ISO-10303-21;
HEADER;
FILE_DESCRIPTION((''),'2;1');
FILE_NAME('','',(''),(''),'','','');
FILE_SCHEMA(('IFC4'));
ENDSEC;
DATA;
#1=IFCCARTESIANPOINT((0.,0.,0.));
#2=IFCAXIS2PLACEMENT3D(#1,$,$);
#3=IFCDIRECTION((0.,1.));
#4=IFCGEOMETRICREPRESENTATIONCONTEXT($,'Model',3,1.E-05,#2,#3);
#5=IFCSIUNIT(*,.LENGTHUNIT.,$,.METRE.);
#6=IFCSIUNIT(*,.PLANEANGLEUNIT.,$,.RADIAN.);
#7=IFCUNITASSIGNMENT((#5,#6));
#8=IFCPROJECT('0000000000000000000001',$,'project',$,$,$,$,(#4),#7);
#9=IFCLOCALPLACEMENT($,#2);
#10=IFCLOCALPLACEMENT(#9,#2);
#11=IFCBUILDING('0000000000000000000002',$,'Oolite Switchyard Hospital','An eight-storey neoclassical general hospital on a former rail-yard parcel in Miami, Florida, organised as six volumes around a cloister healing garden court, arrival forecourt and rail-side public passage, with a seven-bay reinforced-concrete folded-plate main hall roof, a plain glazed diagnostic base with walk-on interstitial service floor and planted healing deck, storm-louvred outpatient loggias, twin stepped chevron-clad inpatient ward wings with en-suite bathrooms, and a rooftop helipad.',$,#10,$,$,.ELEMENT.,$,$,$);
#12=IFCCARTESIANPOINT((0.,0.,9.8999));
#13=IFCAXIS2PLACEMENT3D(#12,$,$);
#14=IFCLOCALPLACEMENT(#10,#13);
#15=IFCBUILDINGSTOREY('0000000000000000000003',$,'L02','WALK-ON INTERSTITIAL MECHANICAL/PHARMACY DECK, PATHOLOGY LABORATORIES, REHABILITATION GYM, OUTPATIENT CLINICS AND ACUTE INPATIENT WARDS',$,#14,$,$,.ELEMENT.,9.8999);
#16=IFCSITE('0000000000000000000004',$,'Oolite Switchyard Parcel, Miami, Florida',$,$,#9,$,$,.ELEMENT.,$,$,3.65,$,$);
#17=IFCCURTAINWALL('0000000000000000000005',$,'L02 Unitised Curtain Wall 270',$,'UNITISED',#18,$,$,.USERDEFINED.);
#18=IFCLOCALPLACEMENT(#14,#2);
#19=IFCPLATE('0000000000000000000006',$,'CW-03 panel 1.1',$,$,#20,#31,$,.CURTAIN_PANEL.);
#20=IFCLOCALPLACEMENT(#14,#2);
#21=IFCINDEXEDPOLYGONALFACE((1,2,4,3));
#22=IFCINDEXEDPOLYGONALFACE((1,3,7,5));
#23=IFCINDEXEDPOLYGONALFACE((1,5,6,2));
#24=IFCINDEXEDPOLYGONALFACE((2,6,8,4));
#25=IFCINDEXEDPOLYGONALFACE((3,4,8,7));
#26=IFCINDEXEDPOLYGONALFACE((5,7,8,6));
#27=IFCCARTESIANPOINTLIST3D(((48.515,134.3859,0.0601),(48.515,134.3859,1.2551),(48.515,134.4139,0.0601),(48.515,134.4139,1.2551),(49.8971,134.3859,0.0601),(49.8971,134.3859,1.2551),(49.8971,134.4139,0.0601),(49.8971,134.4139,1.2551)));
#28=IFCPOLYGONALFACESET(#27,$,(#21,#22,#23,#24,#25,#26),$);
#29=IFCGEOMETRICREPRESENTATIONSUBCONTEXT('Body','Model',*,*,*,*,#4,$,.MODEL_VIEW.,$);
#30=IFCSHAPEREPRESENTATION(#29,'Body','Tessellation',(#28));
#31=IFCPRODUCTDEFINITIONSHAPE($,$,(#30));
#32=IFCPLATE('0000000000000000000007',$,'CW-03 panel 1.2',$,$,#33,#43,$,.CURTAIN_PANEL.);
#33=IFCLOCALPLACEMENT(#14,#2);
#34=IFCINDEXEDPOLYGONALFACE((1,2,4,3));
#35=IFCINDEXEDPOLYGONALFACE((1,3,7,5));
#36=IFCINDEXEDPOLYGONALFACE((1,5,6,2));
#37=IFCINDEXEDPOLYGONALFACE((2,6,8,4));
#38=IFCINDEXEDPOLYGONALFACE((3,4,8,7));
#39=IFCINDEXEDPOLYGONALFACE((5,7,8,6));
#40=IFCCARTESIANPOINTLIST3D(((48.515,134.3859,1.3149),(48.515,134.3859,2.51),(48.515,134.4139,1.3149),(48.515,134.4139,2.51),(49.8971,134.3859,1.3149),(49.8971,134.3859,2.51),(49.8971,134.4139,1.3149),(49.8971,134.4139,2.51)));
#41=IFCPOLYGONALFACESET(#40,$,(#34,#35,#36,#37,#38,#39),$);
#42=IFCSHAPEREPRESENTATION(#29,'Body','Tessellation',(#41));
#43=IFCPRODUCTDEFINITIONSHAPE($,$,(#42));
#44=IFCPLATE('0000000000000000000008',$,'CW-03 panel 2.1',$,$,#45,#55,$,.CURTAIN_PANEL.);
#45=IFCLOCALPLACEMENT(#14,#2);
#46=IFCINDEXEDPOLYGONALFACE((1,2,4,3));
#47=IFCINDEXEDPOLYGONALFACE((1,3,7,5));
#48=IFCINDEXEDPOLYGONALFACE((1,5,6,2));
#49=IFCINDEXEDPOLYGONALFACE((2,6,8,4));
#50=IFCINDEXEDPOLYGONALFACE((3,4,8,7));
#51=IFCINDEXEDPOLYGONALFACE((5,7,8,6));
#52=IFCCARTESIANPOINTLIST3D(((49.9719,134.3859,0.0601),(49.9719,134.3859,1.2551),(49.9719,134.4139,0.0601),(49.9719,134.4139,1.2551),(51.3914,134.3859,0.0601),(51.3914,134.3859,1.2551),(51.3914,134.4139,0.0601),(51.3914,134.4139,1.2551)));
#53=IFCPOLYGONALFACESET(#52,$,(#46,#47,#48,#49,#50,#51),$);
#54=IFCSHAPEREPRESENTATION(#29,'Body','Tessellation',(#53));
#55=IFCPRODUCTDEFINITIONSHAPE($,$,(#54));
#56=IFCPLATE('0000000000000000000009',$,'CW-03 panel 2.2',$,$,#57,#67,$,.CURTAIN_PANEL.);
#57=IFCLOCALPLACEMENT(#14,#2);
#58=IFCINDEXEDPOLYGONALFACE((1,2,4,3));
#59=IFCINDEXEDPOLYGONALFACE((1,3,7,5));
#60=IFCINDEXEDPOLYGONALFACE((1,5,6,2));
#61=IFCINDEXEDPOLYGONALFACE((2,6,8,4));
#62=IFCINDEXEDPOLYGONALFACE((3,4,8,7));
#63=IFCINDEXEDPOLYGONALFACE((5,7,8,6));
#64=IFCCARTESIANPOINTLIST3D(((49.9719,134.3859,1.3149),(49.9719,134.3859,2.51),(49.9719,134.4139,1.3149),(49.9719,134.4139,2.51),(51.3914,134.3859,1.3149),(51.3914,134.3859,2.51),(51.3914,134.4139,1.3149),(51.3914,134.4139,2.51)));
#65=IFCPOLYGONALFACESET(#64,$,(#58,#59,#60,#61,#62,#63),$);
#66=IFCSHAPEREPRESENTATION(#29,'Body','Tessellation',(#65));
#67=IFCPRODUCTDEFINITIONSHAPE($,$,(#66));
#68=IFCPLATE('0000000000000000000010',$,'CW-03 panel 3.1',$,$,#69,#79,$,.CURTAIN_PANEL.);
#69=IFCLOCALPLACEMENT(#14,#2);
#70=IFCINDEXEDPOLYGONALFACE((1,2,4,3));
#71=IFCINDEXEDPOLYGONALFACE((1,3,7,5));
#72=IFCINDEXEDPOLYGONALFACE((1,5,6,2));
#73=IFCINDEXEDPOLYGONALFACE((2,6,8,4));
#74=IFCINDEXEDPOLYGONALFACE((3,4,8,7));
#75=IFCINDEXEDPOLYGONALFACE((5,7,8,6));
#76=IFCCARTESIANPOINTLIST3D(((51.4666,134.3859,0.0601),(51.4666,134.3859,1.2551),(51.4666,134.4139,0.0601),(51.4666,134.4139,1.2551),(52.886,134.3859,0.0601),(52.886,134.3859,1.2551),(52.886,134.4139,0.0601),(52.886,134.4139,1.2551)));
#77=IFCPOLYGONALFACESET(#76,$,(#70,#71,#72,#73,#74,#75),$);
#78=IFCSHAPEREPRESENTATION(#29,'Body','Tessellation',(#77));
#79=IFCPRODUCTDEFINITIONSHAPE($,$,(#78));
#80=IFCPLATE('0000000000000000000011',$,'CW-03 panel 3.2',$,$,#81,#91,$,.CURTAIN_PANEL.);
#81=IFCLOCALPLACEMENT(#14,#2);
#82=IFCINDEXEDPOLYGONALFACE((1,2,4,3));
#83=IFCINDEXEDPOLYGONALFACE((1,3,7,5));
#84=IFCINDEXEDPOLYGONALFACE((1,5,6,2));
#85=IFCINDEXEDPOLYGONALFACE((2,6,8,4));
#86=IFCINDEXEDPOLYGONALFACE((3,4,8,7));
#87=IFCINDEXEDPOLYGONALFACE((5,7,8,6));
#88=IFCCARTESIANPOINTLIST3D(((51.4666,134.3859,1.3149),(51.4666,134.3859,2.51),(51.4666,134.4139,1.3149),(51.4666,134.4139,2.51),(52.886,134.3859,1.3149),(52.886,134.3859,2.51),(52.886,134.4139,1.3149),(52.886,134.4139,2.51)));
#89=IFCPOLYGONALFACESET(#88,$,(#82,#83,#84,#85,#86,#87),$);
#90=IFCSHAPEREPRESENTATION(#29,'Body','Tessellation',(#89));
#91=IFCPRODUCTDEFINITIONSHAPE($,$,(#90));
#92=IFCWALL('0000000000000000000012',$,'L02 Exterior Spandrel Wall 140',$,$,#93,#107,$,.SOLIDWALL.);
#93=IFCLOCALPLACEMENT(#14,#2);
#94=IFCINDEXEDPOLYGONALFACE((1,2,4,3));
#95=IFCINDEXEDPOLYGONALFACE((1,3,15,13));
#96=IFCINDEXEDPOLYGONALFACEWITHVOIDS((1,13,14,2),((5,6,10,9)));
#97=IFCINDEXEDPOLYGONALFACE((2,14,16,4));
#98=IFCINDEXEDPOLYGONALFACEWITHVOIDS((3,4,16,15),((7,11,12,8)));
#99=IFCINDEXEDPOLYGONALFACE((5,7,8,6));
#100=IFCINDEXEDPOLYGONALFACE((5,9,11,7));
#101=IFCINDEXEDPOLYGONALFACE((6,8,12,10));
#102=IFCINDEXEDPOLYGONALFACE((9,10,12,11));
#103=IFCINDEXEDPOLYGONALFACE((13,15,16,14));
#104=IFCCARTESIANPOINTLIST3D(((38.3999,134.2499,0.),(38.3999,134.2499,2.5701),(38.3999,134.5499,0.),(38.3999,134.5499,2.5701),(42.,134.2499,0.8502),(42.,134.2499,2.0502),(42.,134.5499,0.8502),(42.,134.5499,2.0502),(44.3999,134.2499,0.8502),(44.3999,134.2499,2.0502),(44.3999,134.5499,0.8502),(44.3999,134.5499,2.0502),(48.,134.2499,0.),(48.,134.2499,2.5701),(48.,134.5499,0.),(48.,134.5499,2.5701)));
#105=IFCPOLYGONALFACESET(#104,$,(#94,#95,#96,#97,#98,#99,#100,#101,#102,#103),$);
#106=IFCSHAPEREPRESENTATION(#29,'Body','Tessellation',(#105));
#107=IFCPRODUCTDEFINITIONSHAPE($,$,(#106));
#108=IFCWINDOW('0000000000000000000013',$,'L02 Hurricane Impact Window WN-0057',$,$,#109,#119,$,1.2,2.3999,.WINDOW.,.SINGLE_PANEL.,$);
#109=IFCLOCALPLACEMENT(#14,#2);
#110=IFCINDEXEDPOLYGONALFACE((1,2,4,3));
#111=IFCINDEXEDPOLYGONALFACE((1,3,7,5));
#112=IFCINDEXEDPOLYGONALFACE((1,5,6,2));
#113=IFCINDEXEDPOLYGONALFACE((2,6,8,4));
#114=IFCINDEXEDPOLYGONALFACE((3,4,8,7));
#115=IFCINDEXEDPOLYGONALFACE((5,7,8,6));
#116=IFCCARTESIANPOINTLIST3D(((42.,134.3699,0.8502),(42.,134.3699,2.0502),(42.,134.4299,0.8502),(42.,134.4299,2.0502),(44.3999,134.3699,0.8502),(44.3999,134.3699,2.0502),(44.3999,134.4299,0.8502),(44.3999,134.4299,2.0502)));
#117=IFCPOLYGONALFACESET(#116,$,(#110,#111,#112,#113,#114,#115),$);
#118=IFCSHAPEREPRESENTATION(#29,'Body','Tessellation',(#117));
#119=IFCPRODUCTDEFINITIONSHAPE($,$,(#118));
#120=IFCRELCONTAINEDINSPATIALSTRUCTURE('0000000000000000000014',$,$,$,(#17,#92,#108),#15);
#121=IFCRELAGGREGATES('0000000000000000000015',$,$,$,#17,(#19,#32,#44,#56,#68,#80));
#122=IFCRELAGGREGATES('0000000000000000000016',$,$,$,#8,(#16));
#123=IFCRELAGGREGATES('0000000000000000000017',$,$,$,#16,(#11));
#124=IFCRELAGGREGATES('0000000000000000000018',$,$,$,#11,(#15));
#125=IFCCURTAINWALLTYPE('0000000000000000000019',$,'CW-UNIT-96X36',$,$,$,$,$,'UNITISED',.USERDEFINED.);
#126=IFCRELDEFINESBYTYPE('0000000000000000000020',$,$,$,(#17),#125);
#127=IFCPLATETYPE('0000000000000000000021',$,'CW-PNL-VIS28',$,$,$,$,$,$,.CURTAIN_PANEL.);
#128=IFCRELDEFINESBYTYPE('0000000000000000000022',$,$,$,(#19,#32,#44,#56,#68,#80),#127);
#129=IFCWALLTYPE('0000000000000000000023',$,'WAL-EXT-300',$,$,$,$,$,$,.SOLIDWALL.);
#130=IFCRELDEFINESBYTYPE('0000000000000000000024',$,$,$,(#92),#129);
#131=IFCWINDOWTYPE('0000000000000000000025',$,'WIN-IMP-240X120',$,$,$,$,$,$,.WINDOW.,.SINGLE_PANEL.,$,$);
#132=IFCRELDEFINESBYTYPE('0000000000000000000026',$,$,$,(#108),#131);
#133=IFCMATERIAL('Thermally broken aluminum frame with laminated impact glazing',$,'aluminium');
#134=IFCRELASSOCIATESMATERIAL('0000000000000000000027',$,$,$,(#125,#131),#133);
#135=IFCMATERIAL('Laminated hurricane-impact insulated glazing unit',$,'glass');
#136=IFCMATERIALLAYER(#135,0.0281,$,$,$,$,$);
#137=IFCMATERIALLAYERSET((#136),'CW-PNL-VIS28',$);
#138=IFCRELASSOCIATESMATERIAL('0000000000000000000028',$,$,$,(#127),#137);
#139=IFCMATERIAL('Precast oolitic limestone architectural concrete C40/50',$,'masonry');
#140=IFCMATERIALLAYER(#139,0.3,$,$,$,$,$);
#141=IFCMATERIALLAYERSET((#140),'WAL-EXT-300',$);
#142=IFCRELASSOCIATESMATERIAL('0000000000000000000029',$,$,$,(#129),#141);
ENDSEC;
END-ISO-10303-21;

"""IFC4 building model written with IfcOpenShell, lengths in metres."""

from ifc_helpers import new_model, si_unit, direction, frame, frame_2d, origin, origin_2d, place, context, subcontext, project, spatial, rectangle, extrude, material, layer, layer_set, type_object, element, fill, aggregate, save


model = new_model("IFC4")

# Units and contexts
model_context = context("Model", 3, precision=1e-05, world=origin(), true_north=direction((0.0, 1.0)))
body_context = subcontext(model_context, "Body", "Model", "MODEL_VIEW")
ifc_project = project(units=[si_unit("LENGTHUNIT", "METRE"), si_unit("PLANEANGLEUNIT", "RADIAN")], contexts=[model_context])

# Site, building, storey
site_placement = place(None, origin())
site = spatial("IfcSite", under=ifc_project, at=site_placement, Name="Oolite Switchyard Parcel, Miami, Florida", CompositionType="ELEMENT", RefElevation=3.65)
building_placement = place(site_placement, origin())
building = spatial("IfcBuilding", under=site, at=building_placement, Name="Oolite Switchyard Hospital", Description="An eight-storey neoclassical general hospital on a former rail-yard parcel in Miami, Florida, organised as six volumes around a cloister healing garden court, arrival forecourt and rail-side public passage, with a seven-bay reinforced-concrete folded-plate main hall roof, a plain glazed diagnostic base with walk-on interstitial service floor and planted healing deck, storm-louvred outpatient loggias, twin stepped chevron-clad inpatient ward wings with en-suite bathrooms, and a rooftop helipad.", CompositionType="ELEMENT")
storey_placement = place(building_placement, frame((0.0, 0.0, 9.8999)))
storey = spatial("IfcBuildingStorey", under=building, at=storey_placement, Name="L02", Description="WALK-ON INTERSTITIAL MECHANICAL/PHARMACY DECK, PATHOLOGY LABORATORIES, REHABILITATION GYM, OUTPATIENT CLINICS AND ACUTE INPATIENT WARDS", CompositionType="ELEMENT", Elevation=9.8999)

# Curtain wall, plates
ifc_material_1 = material(Name="Thermally broken aluminum frame with laminated impact glazing", Category="aluminium")
curtain_wall_type = type_object("IfcCurtainWallType", Name="CW-UNIT-96X36", ElementType="UNITISED", PredefinedType="USERDEFINED", material=ifc_material_1)
curtain_wall_placement = place(storey_placement, origin())
curtain_wall = element("IfcCurtainWall", 1, at=curtain_wall_placement, inside=storey, type_object=curtain_wall_type, Name="L02 Unitised Curtain Wall 270", ObjectType="UNITISED", PredefinedType="USERDEFINED")
ifc_material_2 = material(Name="Laminated hurricane-impact insulated glazing unit", Category="glass")
ifc_layer_1 = layer(ifc_material_2, 0.0281)
ifc_layer_set_1 = layer_set([ifc_layer_1], Name="CW-PNL-VIS28")
plate_type = type_object("IfcPlateType", Name="CW-PNL-VIS28", PredefinedType="CURTAIN_PANEL", material=ifc_layer_set_1)
plate_1_placement = place(storey_placement, frame((49.2061, 134.3999, 0.0601), z_axis=(0.0, 0.0, 1.0), x_axis=(1.0, 0.0, 0.0)))
plate_1 = element("IfcPlate", 2, at=plate_1_placement, type_object=plate_type, Name="CW-03 panel 1.1", PredefinedType="CURTAIN_PANEL", context=body_context, shape_type="SweptSolid", body=[
    extrude(rectangle(XDim=1.3821, YDim=0.0281, at=origin_2d()), origin(), (0.0, 0.0, 1.0), 1.1951),
])
plate_2_placement = place(storey_placement, frame((49.2061, 134.3999, 1.3149), z_axis=(0.0, 0.0, 1.0), x_axis=(1.0, 0.0, 0.0)))
plate_2 = element("IfcPlate", 3, at=plate_2_placement, type_object=plate_type, Name="CW-03 panel 1.2", PredefinedType="CURTAIN_PANEL", context=body_context, shape_type="SweptSolid", body=[
    extrude(rectangle(XDim=1.3821, YDim=0.0281, at=origin_2d()), origin(), (0.0, 0.0, 1.0), 1.1951),
])
plate_3_placement = place(storey_placement, frame((50.6816, 134.3999, 0.0601), z_axis=(0.0, 0.0, 1.0), x_axis=(1.0, 0.0, 0.0)))
plate_3 = element("IfcPlate", 4, at=plate_3_placement, type_object=plate_type, Name="CW-03 panel 2.1", PredefinedType="CURTAIN_PANEL", context=body_context, shape_type="SweptSolid", body=[
    extrude(rectangle(XDim=1.4194, YDim=0.0281, at=origin_2d()), origin(), (0.0, 0.0, 1.0), 1.1951),
])
plate_4_placement = place(storey_placement, frame((50.6816, 134.3999, 1.3149), z_axis=(0.0, 0.0, 1.0), x_axis=(1.0, 0.0, 0.0)))
plate_4 = element("IfcPlate", 5, at=plate_4_placement, type_object=plate_type, Name="CW-03 panel 2.2", PredefinedType="CURTAIN_PANEL", context=body_context, shape_type="SweptSolid", body=[
    extrude(rectangle(XDim=1.4194, YDim=0.0281, at=origin_2d()), origin(), (0.0, 0.0, 1.0), 1.1951),
])
plate_5_placement = place(storey_placement, frame((52.1763, 134.3999, 0.0601), z_axis=(0.0, 0.0, 1.0), x_axis=(1.0, 0.0, 0.0)))
plate_5 = element("IfcPlate", 6, at=plate_5_placement, type_object=plate_type, Name="CW-03 panel 3.1", PredefinedType="CURTAIN_PANEL", context=body_context, shape_type="SweptSolid", body=[
    extrude(rectangle(XDim=1.4194, YDim=0.0281, at=origin_2d()), origin(), (0.0, 0.0, 1.0), 1.1951),
])
plate_6_placement = place(storey_placement, frame((52.1763, 134.3999, 1.3149), z_axis=(0.0, 0.0, 1.0), x_axis=(1.0, 0.0, 0.0)))
plate_6 = element("IfcPlate", 7, at=plate_6_placement, type_object=plate_type, Name="CW-03 panel 3.2", PredefinedType="CURTAIN_PANEL", context=body_context, shape_type="SweptSolid", body=[
    extrude(rectangle(XDim=1.4194, YDim=0.0281, at=origin_2d()), origin(), (0.0, 0.0, 1.0), 1.1951),
])
aggregate(curtain_wall, [plate_1, plate_2, plate_3, plate_4, plate_5, plate_6])

# Wall, opening, window
ifc_material_3 = material(Name="Precast oolitic limestone architectural concrete C40/50", Category="masonry")
ifc_layer_2 = layer(ifc_material_3, 0.3)
ifc_layer_set_2 = layer_set([ifc_layer_2], Name="WAL-EXT-300")
wall_type = type_object("IfcWallType", Name="WAL-EXT-300", PredefinedType="SOLIDWALL", material=ifc_layer_set_2)
wall_placement = place(storey_placement, frame((38.3999, 134.3999, 0.0), z_axis=(0.0, 0.0, 1.0), x_axis=(1.0, 0.0, 0.0)))
wall = element("IfcWall", 8, at=wall_placement, inside=storey, type_object=wall_type, Name="L02 Exterior Spandrel Wall 140", PredefinedType="SOLIDWALL", context=body_context, shape_type="SweptSolid", body=[
    extrude(rectangle(XDim=9.6001, YDim=0.3, at=frame_2d((4.8, 0.0))), origin(), (0.0, 0.0, 1.0), 2.5701),
])
opening_placement = place(wall_placement, frame((3.6001, 0.0, 0.8501)))
opening = element("IfcOpeningElement", 9, at=opening_placement, cuts=wall, PredefinedType="OPENING", context=body_context, shape_type="SweptSolid", body=[
    extrude(rectangle(XDim=2.3999, YDim=1.2, at=frame_2d((1.2, 0.6001))), frame((0.0, 0.1602, 0.0), z_axis=(0.0, -1.0, 0.0), x_axis=(1.0, 0.0, 0.0)), (0.0, 0.0, 1.0), 0.3201),
])
window_type = type_object("IfcWindowType", Name="WIN-IMP-240X120", PartitioningType="SINGLE_PANEL", PredefinedType="WINDOW", material=ifc_material_1)
window_placement = place(opening_placement, origin())
window = element("IfcWindow", 10, at=window_placement, inside=storey, type_object=window_type, Name="L02 Hurricane Impact Window WN-0057", OverallHeight=1.2, OverallWidth=2.3999, PartitioningType="SINGLE_PANEL", PredefinedType="WINDOW", context=body_context, shape_type="SweptSolid", body=[
    extrude(rectangle(XDim=2.3999, YDim=1.2, at=frame_2d((1.2, 0.6001))), frame((0.0, 0.03, 0.0), z_axis=(0.0, -1.0, 0.0), x_axis=(1.0, 0.0, 0.0)), (0.0, 0.0, 1.0), 0.0601),
])
fill(opening, window)

save(model, "model.ifc")
